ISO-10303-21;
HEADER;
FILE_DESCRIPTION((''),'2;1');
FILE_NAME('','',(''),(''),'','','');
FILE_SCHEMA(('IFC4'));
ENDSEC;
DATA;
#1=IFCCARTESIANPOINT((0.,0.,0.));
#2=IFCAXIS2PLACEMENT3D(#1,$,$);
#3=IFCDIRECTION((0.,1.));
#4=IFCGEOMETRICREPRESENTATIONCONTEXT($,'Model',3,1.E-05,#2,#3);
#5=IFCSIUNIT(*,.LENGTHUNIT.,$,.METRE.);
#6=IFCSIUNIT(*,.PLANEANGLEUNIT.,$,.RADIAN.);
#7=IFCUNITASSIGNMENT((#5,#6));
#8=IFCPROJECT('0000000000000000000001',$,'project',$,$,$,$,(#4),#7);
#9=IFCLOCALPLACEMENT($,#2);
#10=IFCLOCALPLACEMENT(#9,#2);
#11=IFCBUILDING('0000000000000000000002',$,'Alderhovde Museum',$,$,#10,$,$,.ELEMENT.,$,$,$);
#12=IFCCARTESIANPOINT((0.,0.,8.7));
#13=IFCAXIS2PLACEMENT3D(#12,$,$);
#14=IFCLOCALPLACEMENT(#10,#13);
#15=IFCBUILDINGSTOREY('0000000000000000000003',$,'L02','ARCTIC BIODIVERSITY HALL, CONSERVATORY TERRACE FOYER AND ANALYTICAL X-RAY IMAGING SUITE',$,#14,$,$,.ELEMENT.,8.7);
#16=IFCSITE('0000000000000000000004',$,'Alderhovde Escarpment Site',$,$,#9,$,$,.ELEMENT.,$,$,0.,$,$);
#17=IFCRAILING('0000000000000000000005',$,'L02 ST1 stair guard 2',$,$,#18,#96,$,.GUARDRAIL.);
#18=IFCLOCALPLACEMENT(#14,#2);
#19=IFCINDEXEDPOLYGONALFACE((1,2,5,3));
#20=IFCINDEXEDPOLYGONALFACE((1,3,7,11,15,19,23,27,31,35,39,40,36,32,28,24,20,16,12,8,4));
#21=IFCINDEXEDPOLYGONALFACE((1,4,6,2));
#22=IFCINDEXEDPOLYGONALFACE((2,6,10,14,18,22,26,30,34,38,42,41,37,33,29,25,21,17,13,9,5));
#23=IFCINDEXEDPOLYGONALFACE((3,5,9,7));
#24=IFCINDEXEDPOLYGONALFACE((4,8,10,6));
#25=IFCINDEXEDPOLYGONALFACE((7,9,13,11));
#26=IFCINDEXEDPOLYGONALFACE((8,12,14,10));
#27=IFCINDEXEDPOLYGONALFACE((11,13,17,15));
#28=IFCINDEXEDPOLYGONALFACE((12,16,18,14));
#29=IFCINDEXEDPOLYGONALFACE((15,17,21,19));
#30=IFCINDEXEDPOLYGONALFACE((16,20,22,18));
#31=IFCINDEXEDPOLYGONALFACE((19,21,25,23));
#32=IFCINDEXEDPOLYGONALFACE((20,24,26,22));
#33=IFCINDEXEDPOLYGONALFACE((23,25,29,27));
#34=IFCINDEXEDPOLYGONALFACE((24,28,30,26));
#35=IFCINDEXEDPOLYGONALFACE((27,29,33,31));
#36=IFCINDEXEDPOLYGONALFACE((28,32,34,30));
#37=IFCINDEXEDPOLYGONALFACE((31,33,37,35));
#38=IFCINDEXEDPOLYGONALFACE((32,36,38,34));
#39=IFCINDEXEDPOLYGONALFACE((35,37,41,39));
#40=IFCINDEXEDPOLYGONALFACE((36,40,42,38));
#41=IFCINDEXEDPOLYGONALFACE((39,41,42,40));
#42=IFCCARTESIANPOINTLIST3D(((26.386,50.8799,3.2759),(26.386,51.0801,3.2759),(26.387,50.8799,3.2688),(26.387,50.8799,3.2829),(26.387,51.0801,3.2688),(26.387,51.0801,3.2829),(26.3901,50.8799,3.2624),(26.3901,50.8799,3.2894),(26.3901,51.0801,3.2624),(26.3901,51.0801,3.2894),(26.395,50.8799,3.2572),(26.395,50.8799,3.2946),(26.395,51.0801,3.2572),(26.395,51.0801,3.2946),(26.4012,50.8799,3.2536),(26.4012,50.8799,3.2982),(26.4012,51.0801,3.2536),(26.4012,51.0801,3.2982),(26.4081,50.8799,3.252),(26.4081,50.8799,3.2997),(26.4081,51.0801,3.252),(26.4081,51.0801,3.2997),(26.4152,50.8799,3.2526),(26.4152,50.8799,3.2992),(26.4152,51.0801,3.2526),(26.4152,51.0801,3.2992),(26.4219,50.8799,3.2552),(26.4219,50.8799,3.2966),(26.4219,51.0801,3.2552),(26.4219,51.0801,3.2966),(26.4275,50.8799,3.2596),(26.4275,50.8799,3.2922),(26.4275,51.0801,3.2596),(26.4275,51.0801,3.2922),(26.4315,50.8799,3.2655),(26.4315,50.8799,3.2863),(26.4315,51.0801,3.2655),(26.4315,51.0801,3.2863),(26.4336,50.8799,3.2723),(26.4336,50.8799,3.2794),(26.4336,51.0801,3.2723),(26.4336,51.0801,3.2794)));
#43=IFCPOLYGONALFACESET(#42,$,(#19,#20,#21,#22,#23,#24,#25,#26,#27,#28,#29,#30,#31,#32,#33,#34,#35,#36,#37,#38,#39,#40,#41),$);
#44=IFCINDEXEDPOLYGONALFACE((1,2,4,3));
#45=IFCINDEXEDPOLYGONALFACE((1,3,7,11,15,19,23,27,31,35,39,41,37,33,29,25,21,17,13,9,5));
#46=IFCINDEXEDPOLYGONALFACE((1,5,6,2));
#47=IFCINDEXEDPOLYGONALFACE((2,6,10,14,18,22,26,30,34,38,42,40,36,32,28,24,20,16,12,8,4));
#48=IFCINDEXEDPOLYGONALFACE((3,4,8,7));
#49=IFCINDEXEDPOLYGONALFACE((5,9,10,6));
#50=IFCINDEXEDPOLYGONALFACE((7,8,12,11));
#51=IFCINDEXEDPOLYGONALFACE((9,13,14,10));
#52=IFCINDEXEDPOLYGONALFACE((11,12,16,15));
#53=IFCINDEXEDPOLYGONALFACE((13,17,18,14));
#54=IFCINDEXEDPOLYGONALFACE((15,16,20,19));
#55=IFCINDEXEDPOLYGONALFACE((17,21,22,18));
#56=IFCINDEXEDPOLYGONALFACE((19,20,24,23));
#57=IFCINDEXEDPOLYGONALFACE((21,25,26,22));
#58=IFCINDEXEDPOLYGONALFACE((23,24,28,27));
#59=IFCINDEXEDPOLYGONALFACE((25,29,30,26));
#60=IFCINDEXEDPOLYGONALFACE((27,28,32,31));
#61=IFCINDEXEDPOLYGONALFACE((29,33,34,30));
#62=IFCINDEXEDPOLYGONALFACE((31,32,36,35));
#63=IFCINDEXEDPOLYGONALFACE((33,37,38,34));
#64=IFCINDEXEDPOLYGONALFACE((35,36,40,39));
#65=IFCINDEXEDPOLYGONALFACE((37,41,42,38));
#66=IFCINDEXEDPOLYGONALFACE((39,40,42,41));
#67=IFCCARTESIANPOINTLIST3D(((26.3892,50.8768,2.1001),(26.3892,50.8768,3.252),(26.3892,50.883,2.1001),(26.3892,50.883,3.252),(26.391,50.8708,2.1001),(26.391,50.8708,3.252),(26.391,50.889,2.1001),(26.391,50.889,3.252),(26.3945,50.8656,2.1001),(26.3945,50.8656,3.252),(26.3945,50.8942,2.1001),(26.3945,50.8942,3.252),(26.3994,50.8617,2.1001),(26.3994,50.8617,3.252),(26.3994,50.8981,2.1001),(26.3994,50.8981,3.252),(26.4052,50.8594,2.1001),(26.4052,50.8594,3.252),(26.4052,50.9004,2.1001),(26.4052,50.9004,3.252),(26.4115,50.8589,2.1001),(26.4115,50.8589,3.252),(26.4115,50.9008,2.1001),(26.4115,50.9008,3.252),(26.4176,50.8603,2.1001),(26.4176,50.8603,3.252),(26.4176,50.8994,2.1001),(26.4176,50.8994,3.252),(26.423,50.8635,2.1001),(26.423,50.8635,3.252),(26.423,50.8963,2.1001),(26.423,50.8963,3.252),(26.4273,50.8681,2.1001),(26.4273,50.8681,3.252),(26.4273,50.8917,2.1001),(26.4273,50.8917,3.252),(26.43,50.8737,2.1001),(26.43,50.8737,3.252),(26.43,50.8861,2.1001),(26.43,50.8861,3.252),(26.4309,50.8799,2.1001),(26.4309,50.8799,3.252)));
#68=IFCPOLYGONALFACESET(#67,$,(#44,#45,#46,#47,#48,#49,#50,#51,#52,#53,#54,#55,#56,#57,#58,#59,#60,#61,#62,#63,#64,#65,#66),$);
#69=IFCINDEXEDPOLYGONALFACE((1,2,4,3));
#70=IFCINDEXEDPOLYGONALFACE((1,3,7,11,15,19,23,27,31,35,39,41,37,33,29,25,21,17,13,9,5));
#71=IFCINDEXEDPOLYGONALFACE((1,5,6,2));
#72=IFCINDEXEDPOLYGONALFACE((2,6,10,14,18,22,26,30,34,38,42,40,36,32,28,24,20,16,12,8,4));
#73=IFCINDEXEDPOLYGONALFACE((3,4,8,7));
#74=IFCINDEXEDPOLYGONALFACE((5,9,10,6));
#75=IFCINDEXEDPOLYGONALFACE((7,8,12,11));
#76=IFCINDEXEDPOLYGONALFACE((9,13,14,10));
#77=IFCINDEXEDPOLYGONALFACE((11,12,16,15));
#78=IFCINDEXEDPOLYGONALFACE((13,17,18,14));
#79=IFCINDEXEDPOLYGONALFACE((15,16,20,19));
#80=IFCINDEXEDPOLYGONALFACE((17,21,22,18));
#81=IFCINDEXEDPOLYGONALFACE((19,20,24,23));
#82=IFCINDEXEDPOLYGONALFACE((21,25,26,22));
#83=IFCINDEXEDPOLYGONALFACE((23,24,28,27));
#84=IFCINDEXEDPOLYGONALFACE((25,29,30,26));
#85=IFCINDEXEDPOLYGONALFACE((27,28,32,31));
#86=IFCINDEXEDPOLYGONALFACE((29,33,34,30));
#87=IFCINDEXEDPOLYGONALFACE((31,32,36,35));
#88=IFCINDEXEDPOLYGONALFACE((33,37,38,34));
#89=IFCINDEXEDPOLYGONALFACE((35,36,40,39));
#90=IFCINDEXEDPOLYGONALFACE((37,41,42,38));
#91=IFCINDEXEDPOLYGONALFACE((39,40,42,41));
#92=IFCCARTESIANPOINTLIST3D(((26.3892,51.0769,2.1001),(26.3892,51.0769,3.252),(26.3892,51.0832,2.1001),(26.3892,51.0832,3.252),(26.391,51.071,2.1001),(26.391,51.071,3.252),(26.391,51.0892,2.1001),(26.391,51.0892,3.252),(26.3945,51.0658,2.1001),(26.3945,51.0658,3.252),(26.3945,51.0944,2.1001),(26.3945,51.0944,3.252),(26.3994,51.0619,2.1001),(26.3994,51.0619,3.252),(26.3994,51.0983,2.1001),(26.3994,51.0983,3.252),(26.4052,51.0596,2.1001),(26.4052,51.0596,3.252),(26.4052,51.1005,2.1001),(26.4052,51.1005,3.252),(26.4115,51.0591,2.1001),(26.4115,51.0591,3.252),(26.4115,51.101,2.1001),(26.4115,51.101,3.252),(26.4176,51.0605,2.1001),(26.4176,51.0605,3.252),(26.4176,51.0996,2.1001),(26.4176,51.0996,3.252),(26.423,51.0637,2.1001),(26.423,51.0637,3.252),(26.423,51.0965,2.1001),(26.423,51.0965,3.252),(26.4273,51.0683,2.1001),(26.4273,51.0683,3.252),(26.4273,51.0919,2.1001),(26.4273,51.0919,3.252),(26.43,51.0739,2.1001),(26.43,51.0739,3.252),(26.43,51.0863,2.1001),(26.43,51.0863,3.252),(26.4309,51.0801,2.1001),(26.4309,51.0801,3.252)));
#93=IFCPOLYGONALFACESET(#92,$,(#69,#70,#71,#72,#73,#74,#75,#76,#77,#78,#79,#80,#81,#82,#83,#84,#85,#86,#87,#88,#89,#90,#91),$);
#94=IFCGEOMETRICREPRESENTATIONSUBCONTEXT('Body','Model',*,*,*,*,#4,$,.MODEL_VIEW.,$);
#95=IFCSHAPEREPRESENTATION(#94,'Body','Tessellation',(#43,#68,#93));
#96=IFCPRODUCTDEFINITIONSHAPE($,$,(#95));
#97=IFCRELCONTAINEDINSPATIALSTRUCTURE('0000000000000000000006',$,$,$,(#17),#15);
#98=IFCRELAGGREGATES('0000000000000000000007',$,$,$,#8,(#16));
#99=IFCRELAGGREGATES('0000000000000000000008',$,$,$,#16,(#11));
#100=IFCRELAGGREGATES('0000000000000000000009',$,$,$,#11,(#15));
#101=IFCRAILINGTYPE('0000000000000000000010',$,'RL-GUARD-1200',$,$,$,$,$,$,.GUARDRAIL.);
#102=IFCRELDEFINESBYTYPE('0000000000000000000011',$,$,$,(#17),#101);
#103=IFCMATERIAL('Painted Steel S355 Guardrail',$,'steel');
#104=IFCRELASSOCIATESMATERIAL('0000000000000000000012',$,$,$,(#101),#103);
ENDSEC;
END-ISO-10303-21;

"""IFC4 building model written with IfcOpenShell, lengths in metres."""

from ifc_helpers import new_model, si_unit, direction, frame, origin, origin_2d, place, context, subcontext, project, spatial, circle, extrude, material, type_object, element, save


model = new_model("IFC4")

# Units and contexts
model_context = context("Model", 3, precision=1e-05, world=origin(), true_north=direction((0.0, 1.0)))
body_context = subcontext(model_context, "Body", "Model", "MODEL_VIEW")
ifc_project = project(units=[si_unit("LENGTHUNIT", "METRE"), si_unit("PLANEANGLEUNIT", "RADIAN")], contexts=[model_context])

# Site, building, storey
site_placement = place(None, origin())
site = spatial("IfcSite", under=ifc_project, at=site_placement, Name="Alderhovde Escarpment Site", CompositionType="ELEMENT", RefElevation=0.0)
building_placement = place(site_placement, origin())
building = spatial("IfcBuilding", under=site, at=building_placement, Name="Alderhovde Museum", CompositionType="ELEMENT")
storey_placement = place(building_placement, frame((0.0, 0.0, 8.7)))
storey = spatial("IfcBuildingStorey", under=building, at=storey_placement, Name="L02", Description="ARCTIC BIODIVERSITY HALL, CONSERVATORY TERRACE FOYER AND ANALYTICAL X-RAY IMAGING SUITE", CompositionType="ELEMENT", Elevation=8.7)

# Railing
ifc_material_1 = material(Name="Painted Steel S355 Guardrail", Category="steel")
railing_type_1 = type_object("IfcRailingType", Name="RL-GUARD-1200", PredefinedType="GUARDRAIL", material=ifc_material_1)
railing_1_placement = place(storey_placement, frame((26.4099, 50.8799, 2.1001)))
element("IfcRailing", 1, at=railing_1_placement, inside=storey, type_object=railing_type_1, Name="L02 ST1 stair guard 2", PredefinedType="GUARDRAIL", context=body_context, shape_type="SweptSolid", body=[
    extrude(circle(Radius=0.0239, at=origin_2d()), frame((0.0, 0.0, 1.1758), z_axis=(0.0, 1.0, 0.0), x_axis=(-1.0, 0.0, 0.0)), (0.0, 0.0, 1.0), 0.2002),
    extrude(circle(Radius=0.021, at=origin_2d()), origin(), (0.0, 0.0, 1.0), 1.1519),
    extrude(circle(Radius=0.021, at=origin_2d()), frame((0.0, 0.2002, 0.0)), (0.0, 0.0, 1.0), 1.1519),
])

save(model, "model.ifc")
